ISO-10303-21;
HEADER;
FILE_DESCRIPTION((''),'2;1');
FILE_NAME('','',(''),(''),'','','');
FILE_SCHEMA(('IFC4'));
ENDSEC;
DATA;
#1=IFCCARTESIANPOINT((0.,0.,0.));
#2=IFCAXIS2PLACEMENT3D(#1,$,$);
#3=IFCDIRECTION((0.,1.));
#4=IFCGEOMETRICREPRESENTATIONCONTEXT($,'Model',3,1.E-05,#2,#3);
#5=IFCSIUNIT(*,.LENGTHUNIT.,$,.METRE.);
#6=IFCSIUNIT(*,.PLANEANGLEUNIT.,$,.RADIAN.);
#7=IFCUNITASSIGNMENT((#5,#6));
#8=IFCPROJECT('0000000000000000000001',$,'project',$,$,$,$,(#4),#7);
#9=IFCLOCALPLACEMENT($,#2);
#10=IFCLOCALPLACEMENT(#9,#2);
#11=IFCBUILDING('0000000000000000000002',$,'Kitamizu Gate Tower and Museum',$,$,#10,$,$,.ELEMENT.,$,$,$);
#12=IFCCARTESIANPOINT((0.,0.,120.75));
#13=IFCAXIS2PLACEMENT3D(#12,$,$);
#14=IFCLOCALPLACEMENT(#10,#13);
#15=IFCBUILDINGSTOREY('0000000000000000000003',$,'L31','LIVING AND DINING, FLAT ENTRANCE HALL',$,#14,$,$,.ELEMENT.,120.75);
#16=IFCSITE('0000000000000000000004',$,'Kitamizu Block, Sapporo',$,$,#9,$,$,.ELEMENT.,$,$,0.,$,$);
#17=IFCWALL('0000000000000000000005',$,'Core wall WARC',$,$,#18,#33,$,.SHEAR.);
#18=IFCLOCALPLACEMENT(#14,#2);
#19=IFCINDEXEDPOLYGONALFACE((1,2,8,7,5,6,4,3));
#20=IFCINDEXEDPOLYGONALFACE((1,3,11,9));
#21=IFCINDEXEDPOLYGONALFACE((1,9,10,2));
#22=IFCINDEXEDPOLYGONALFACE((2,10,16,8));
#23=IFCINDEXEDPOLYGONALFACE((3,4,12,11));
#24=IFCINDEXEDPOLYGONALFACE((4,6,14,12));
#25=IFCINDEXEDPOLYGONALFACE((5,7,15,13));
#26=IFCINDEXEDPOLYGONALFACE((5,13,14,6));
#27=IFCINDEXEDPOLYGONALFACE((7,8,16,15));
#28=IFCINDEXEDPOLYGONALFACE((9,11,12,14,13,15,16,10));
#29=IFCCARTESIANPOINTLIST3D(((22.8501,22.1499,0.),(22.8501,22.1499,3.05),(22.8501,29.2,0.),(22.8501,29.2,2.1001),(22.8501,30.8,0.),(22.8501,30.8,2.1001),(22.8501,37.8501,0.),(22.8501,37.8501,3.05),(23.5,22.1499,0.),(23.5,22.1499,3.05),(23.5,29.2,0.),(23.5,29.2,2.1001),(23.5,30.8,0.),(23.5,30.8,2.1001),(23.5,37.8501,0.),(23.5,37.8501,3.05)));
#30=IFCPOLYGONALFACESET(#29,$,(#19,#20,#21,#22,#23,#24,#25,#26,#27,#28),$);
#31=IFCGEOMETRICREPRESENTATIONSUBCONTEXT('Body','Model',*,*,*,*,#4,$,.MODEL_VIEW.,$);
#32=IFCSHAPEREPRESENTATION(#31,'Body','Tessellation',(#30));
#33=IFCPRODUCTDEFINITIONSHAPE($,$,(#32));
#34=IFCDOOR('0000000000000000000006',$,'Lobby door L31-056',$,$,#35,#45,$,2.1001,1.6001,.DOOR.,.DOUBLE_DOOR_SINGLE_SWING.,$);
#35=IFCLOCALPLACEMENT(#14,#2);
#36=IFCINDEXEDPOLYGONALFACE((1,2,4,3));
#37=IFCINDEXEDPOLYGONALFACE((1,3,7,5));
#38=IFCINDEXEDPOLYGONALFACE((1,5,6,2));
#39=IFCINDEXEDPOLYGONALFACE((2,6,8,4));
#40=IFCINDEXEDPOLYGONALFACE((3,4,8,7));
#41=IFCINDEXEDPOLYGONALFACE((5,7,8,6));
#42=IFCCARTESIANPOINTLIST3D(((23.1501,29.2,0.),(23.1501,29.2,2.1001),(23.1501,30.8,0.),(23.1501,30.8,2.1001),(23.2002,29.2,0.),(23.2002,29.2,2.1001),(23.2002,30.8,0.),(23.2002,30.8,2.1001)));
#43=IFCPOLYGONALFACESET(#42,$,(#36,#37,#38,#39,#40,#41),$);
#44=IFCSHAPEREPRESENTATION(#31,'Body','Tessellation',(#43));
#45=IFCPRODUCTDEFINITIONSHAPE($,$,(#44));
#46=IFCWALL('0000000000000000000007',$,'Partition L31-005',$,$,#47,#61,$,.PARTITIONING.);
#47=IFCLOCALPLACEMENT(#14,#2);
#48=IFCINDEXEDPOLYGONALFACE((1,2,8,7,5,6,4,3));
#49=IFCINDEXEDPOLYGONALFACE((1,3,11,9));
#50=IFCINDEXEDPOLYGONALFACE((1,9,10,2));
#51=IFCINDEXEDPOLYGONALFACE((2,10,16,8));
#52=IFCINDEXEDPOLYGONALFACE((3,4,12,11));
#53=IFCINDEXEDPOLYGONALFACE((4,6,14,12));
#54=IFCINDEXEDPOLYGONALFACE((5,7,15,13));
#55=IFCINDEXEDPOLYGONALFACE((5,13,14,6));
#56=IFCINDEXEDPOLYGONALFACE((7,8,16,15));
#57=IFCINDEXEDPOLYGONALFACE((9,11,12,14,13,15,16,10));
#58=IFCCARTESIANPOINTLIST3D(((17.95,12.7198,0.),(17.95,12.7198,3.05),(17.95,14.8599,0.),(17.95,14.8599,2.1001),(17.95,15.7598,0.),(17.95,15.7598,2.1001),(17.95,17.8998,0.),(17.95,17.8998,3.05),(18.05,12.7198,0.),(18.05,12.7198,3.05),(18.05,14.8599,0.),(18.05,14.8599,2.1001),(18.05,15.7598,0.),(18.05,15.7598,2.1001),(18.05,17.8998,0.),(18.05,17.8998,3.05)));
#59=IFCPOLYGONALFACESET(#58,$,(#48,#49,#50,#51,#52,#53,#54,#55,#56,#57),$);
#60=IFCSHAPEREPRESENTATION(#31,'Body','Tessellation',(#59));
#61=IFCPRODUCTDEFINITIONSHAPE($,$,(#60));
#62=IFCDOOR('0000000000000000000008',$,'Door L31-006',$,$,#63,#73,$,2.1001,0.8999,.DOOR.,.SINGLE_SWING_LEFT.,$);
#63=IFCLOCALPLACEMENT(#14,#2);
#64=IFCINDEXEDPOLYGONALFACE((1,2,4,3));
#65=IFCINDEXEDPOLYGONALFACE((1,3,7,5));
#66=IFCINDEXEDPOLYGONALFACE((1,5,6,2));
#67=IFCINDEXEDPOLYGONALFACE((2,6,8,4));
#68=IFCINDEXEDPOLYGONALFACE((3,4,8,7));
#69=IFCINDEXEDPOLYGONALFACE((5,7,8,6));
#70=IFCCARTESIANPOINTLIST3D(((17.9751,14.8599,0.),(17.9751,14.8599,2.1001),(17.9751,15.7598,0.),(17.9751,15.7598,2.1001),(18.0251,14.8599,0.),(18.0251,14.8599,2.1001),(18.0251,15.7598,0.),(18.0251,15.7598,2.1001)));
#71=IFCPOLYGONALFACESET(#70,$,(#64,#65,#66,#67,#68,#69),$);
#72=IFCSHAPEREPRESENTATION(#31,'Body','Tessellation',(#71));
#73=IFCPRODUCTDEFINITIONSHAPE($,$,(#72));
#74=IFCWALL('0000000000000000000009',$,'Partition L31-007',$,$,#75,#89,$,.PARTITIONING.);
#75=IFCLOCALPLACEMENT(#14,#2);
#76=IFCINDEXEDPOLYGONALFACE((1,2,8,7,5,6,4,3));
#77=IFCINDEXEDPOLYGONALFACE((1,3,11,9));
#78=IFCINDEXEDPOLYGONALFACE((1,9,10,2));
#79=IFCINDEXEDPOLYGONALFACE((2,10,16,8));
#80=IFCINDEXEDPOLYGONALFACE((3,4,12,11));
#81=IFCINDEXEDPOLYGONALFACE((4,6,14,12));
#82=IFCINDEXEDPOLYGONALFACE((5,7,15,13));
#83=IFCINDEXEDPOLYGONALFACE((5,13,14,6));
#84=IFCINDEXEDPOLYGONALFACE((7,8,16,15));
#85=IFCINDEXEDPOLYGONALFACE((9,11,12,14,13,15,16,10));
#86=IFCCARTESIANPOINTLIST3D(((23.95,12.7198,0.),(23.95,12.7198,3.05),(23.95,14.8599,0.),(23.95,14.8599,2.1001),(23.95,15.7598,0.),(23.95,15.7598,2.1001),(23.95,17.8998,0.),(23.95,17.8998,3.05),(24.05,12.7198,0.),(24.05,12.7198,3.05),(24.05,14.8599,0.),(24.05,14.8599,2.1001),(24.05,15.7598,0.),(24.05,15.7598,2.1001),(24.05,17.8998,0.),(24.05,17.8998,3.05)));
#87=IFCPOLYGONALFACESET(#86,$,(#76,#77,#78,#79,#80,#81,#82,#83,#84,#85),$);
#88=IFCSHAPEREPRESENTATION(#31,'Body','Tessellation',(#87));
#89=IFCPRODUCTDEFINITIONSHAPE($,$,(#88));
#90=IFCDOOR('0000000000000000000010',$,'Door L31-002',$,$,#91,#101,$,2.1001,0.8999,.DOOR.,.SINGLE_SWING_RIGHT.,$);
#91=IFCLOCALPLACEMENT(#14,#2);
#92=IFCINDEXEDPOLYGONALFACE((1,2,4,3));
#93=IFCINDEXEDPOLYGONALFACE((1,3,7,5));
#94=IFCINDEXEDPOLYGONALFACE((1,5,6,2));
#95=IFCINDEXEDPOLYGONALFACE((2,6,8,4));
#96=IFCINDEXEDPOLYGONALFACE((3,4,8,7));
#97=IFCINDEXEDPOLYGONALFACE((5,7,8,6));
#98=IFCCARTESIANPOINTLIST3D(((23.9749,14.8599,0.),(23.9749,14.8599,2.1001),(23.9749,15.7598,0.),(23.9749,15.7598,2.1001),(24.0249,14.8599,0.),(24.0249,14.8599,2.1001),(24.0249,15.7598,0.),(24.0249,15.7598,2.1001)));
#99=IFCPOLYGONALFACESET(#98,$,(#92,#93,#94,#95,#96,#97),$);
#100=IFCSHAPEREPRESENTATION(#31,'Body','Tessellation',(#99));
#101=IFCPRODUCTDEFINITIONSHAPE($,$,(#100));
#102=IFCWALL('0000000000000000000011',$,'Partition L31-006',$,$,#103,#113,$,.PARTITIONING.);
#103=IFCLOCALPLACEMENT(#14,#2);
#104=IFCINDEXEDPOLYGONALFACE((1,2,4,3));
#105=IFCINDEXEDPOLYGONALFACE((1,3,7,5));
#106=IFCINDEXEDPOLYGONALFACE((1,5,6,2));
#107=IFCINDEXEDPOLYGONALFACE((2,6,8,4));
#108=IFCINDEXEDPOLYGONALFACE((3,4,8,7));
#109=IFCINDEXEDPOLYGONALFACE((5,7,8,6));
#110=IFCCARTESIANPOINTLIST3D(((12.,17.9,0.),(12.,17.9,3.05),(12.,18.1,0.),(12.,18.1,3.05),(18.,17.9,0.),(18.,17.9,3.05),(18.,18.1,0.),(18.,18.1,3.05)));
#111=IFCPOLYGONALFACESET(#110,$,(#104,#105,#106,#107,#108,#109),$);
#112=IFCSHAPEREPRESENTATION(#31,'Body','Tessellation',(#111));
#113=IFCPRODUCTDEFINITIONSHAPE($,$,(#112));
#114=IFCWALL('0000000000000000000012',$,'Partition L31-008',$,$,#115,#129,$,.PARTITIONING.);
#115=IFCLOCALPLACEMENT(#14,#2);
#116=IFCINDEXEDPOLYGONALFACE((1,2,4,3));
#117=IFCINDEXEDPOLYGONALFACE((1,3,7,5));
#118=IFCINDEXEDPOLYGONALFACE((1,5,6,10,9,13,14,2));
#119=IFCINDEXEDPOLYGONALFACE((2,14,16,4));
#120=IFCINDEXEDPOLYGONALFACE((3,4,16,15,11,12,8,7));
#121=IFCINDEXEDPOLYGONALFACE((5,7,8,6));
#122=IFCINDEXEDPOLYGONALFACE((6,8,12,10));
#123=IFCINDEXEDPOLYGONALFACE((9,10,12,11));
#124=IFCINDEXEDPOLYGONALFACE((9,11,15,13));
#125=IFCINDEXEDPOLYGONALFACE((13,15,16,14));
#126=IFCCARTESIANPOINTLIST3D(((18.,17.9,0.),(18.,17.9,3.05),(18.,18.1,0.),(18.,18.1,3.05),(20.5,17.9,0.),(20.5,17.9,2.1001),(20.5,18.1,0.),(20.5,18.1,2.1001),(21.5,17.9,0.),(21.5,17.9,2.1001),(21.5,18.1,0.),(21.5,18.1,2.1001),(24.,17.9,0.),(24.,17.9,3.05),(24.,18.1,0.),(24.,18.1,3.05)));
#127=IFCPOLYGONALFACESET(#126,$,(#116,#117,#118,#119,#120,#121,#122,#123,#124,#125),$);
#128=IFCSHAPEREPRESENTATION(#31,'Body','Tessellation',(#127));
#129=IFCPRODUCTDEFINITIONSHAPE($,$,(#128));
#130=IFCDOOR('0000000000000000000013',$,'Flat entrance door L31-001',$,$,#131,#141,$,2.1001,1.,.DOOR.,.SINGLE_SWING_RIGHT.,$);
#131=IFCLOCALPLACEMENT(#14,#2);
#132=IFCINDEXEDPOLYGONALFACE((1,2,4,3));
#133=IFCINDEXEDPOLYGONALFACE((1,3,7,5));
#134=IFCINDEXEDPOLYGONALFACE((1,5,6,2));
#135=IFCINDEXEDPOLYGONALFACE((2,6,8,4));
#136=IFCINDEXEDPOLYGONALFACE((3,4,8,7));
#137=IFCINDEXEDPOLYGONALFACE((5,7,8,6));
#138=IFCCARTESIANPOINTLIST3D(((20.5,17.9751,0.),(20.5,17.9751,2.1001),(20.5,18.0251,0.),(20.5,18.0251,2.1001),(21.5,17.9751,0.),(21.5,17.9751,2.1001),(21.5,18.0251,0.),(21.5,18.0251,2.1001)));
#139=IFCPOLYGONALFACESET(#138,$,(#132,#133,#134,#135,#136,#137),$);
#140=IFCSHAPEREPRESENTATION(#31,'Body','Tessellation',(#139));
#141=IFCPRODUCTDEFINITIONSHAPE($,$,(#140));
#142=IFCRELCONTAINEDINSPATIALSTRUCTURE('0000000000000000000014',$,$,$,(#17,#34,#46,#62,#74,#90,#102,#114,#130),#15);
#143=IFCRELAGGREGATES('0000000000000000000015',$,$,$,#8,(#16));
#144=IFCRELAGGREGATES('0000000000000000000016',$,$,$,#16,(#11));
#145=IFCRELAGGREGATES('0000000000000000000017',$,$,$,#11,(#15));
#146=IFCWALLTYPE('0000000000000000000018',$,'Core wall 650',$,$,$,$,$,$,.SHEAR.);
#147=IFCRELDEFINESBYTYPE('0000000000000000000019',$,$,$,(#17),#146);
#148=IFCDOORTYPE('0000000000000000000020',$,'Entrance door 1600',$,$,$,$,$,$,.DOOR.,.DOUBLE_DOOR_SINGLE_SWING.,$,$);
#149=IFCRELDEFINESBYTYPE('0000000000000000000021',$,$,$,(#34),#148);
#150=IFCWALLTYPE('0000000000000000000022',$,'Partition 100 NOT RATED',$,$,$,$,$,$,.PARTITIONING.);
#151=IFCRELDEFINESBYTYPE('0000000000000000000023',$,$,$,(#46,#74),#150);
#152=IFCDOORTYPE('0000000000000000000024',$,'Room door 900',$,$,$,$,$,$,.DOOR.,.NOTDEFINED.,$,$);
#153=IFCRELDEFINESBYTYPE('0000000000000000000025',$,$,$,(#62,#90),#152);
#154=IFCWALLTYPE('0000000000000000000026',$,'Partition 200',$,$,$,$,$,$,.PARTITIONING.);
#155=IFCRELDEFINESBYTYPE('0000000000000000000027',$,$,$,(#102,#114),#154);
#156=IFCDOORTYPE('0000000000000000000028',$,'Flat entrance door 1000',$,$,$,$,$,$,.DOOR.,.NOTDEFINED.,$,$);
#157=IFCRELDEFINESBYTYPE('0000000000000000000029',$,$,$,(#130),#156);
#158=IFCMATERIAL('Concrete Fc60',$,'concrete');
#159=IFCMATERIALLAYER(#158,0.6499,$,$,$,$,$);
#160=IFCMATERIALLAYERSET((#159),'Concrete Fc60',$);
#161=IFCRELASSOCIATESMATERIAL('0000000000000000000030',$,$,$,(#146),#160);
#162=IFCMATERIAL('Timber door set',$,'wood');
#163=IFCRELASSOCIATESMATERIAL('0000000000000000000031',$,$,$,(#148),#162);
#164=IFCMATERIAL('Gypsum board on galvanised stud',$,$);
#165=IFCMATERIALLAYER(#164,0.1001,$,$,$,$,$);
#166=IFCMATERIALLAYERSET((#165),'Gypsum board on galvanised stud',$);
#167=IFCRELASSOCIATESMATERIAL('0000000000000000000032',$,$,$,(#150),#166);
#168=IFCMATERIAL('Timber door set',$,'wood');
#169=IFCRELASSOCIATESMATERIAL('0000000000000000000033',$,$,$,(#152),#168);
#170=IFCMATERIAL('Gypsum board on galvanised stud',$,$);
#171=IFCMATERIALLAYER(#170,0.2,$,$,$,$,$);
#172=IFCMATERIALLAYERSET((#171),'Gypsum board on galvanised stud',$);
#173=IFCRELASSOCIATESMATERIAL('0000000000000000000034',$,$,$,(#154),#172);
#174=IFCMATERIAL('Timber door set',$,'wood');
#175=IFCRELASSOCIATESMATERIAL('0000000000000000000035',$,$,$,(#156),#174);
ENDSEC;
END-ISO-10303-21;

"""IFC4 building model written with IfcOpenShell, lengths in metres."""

from ifc_helpers import new_model, si_unit, direction, frame, frame_2d, origin, place, context, subcontext, project, spatial, rectangle, extrude, material, layer, layer_set, type_object, element, fill, save


model = new_model("IFC4")

# Units and contexts
model_context = context("Model", 3, precision=1e-05, world=origin(), true_north=direction((0.0, 1.0)))
body_context = subcontext(model_context, "Body", "Model", "MODEL_VIEW")
ifc_project = project(units=[si_unit("LENGTHUNIT", "METRE"), si_unit("PLANEANGLEUNIT", "RADIAN")], contexts=[model_context])

# Site, building, storey
site_placement = place(None, origin())
site = spatial("IfcSite", under=ifc_project, at=site_placement, Name="Kitamizu Block, Sapporo", CompositionType="ELEMENT", RefElevation=0.0)
building_placement = place(site_placement, origin())
building = spatial("IfcBuilding", under=site, at=building_placement, Name="Kitamizu Gate Tower and Museum", CompositionType="ELEMENT")
storey_placement = place(building_placement, frame((0.0, 0.0, 120.75)))
storey = spatial("IfcBuildingStorey", under=building, at=storey_placement, Name="L31", Description="LIVING AND DINING, FLAT ENTRANCE HALL", CompositionType="ELEMENT", Elevation=120.75)

# Shared definitions
ifc_material_1 = material(Name="Concrete Fc60", Category="concrete")
ifc_layer_1 = layer(ifc_material_1, 0.6499)
ifc_layer_set_1 = layer_set([ifc_layer_1], Name="Concrete Fc60")
wall_type_1 = type_object("IfcWallType", Name="Core wall 650", PredefinedType="SHEAR", material=ifc_layer_set_1)

# Shared definitions
ifc_material_2 = material(Name="Timber door set", Category="wood")
door_type_1 = type_object("IfcDoorType", Name="Entrance door 1600", OperationType="DOUBLE_DOOR_SINGLE_SWING", PredefinedType="DOOR", material=ifc_material_2)

# Walls, openings, doors
wall_1_placement = place(storey_placement, frame((23.175, 22.1499, 0.0), z_axis=(0.0, 0.0, 1.0), x_axis=(0.0, 1.0, 0.0)))
wall_1 = element("IfcWall", 1, at=wall_1_placement, inside=storey, type_object=wall_type_1, Name="Core wall WARC", PredefinedType="SHEAR", context=body_context, shape_type="SweptSolid", body=[
    extrude(rectangle(XDim=15.7002, YDim=0.6499, at=frame_2d((7.8501, 0.0))), origin(), (0.0, 0.0, 1.0), 3.05),
])
opening_1_placement = place(wall_1_placement, frame((7.05, 0.0, 0.0)))
opening_1 = element("IfcOpeningElement", 2, at=opening_1_placement, cuts=wall_1, PredefinedType="OPENING", context=body_context, shape_type="SweptSolid", body=[
    extrude(rectangle(XDim=1.6001, YDim=2.1001, at=frame_2d((0.8, 1.05))), frame((0.0, 0.335, 0.0), z_axis=(0.0, -1.0, 0.0), x_axis=(1.0, 0.0, 0.0)), (0.0, 0.0, 1.0), 0.6699),
])
door_1_placement = place(opening_1_placement, origin())
door_1 = element("IfcDoor", 3, at=door_1_placement, inside=storey, type_object=door_type_1, Name="Lobby door L31-056", OperationType="DOUBLE_DOOR_SINGLE_SWING", OverallHeight=2.1001, OverallWidth=1.6001, PredefinedType="DOOR", context=body_context, shape_type="SweptSolid", body=[
    extrude(rectangle(XDim=1.6001, YDim=2.1001, at=frame_2d((0.8, 1.05))), frame((0.0, 0.0249, 0.0), z_axis=(0.0, -1.0, 0.0), x_axis=(1.0, 0.0, 0.0)), (0.0, 0.0, 1.0), 0.05),
])
fill(opening_1, door_1)
ifc_material_3 = material(Name="Gypsum board on galvanised stud")
ifc_layer_2 = layer(ifc_material_3, 0.1001)
ifc_layer_set_2 = layer_set([ifc_layer_2], Name="Gypsum board on galvanised stud")
wall_type_2 = type_object("IfcWallType", Name="Partition 100 NOT RATED", PredefinedType="PARTITIONING", material=ifc_layer_set_2)
wall_2_placement = place(storey_placement, frame((18.0, 12.72, 0.0), z_axis=(0.0, 0.0, 1.0), x_axis=(0.0, 1.0, 0.0)))
wall_2 = element("IfcWall", 4, at=wall_2_placement, inside=storey, type_object=wall_type_2, Name="Partition L31-005", PredefinedType="PARTITIONING", context=body_context, shape_type="SweptSolid", body=[
    extrude(rectangle(XDim=5.1799, YDim=0.1001, at=frame_2d((2.5898, 0.0))), origin(), (0.0, 0.0, 1.0), 3.05),
])
opening_2_placement = place(wall_2_placement, frame((2.1399, 0.0, 0.0)))
opening_2 = element("IfcOpeningElement", 5, at=opening_2_placement, cuts=wall_2, PredefinedType="OPENING", context=body_context, shape_type="SweptSolid", body=[
    extrude(rectangle(XDim=0.8999, YDim=2.1001, at=frame_2d((0.45, 1.05))), frame((0.0, 0.0601, 0.0), z_axis=(0.0, -1.0, 0.0), x_axis=(1.0, 0.0, 0.0)), (0.0, 0.0, 1.0), 0.1201),
])
ifc_material_4 = material(Name="Timber door set", Category="wood")
door_type_2 = type_object("IfcDoorType", Name="Room door 900", OperationType="NOTDEFINED", PredefinedType="DOOR", material=ifc_material_4)
door_2_placement = place(opening_2_placement, origin())
door_2 = element("IfcDoor", 6, at=door_2_placement, inside=storey, type_object=door_type_2, Name="Door L31-006", OperationType="SINGLE_SWING_LEFT", OverallHeight=2.1001, OverallWidth=0.8999, PredefinedType="DOOR", context=body_context, shape_type="SweptSolid", body=[
    extrude(rectangle(XDim=0.8999, YDim=2.1001, at=frame_2d((0.45, 1.05))), frame((0.0, 0.0249, 0.0), z_axis=(0.0, -1.0, 0.0), x_axis=(1.0, 0.0, 0.0)), (0.0, 0.0, 1.0), 0.05),
])
fill(opening_2, door_2)
wall_3_placement = place(storey_placement, frame((24.0, 12.72, 0.0), z_axis=(0.0, 0.0, 1.0), x_axis=(0.0, 1.0, 0.0)))
wall_3 = element("IfcWall", 7, at=wall_3_placement, inside=storey, type_object=wall_type_2, Name="Partition L31-007", PredefinedType="PARTITIONING", context=body_context, shape_type="SweptSolid", body=[
    extrude(rectangle(XDim=5.1799, YDim=0.1001, at=frame_2d((2.5898, 0.0))), origin(), (0.0, 0.0, 1.0), 3.05),
])
opening_3_placement = place(wall_3_placement, frame((2.1399, 0.0, 0.0)))
opening_3 = element("IfcOpeningElement", 8, at=opening_3_placement, cuts=wall_3, PredefinedType="OPENING", context=body_context, shape_type="SweptSolid", body=[
    extrude(rectangle(XDim=0.8999, YDim=2.1001, at=frame_2d((0.45, 1.05))), frame((0.0, 0.0601, 0.0), z_axis=(0.0, -1.0, 0.0), x_axis=(1.0, 0.0, 0.0)), (0.0, 0.0, 1.0), 0.1201),
])
door_3_placement = place(opening_3_placement, frame((0.8999, 0.0, 0.0), x_axis=(-1.0, 0.0, 0.0)))
door_3 = element("IfcDoor", 9, at=door_3_placement, inside=storey, type_object=door_type_2, Name="Door L31-002", OperationType="SINGLE_SWING_RIGHT", OverallHeight=2.1001, OverallWidth=0.8999, PredefinedType="DOOR", context=body_context, shape_type="SweptSolid", body=[
    extrude(rectangle(XDim=0.8999, YDim=2.1001, at=frame_2d((0.45, 1.05))), frame((0.0, 0.0249, 0.0), z_axis=(0.0, -1.0, 0.0), x_axis=(1.0, 0.0, 0.0)), (0.0, 0.0, 1.0), 0.05),
])
fill(opening_3, door_3)

# Wall
ifc_material_5 = material(Name="Gypsum board on galvanised stud")
ifc_layer_3 = layer(ifc_material_5, 0.2)
ifc_layer_set_3 = layer_set([ifc_layer_3], Name="Gypsum board on galvanised stud")
wall_type_3 = type_object("IfcWallType", Name="Partition 200", PredefinedType="PARTITIONING", material=ifc_layer_set_3)
wall_4_placement = place(storey_placement, frame((18.0, 18.0, 0.0), z_axis=(0.0, 0.0, 1.0), x_axis=(-1.0, 0.0, 0.0)))
element("IfcWall", 10, at=wall_4_placement, inside=storey, type_object=wall_type_3, Name="Partition L31-006", PredefinedType="PARTITIONING", context=body_context, shape_type="SweptSolid", body=[
    extrude(rectangle(XDim=6.0, YDim=0.2, at=frame_2d((3.0, 0.0))), origin(), (0.0, 0.0, 1.0), 3.05),
])

# Wall, opening, door
wall_5_placement = place(storey_placement, frame((24.0, 18.0, 0.0), z_axis=(0.0, 0.0, 1.0), x_axis=(-1.0, 0.0, 0.0)))
wall_5 = element("IfcWall", 11, at=wall_5_placement, inside=storey, type_object=wall_type_3, Name="Partition L31-008", PredefinedType="PARTITIONING", context=body_context, shape_type="SweptSolid", body=[
    extrude(rectangle(XDim=6.0, YDim=0.2, at=frame_2d((3.0, 0.0))), origin(), (0.0, 0.0, 1.0), 3.05),
])
opening_4_placement = place(wall_5_placement, frame((2.5, 0.0, 0.0)))
opening_4 = element("IfcOpeningElement", 12, at=opening_4_placement, cuts=wall_5, PredefinedType="OPENING", context=body_context, shape_type="SweptSolid", body=[
    extrude(rectangle(XDim=1.0, YDim=2.1001, at=frame_2d((0.5, 1.05))), frame((0.0, 0.1099, 0.0), z_axis=(0.0, -1.0, 0.0), x_axis=(1.0, 0.0, 0.0)), (0.0, 0.0, 1.0), 0.22),
])
ifc_material_6 = material(Name="Timber door set", Category="wood")
door_type_3 = type_object("IfcDoorType", Name="Flat entrance door 1000", OperationType="NOTDEFINED", PredefinedType="DOOR", material=ifc_material_6)
door_4_placement = place(opening_4_placement, origin())
door_4 = element("IfcDoor", 13, at=door_4_placement, inside=storey, type_object=door_type_3, Name="Flat entrance door L31-001", OperationType="SINGLE_SWING_RIGHT", OverallHeight=2.1001, OverallWidth=1.0, PredefinedType="DOOR", context=body_context, shape_type="SweptSolid", body=[
    extrude(rectangle(XDim=1.0, YDim=2.1001, at=frame_2d((0.5, 1.05))), frame((0.0, 0.0249, 0.0), z_axis=(0.0, -1.0, 0.0), x_axis=(1.0, 0.0, 0.0)), (0.0, 0.0, 1.0), 0.05),
])
fill(opening_4, door_4)

save(model, "model.ifc")
